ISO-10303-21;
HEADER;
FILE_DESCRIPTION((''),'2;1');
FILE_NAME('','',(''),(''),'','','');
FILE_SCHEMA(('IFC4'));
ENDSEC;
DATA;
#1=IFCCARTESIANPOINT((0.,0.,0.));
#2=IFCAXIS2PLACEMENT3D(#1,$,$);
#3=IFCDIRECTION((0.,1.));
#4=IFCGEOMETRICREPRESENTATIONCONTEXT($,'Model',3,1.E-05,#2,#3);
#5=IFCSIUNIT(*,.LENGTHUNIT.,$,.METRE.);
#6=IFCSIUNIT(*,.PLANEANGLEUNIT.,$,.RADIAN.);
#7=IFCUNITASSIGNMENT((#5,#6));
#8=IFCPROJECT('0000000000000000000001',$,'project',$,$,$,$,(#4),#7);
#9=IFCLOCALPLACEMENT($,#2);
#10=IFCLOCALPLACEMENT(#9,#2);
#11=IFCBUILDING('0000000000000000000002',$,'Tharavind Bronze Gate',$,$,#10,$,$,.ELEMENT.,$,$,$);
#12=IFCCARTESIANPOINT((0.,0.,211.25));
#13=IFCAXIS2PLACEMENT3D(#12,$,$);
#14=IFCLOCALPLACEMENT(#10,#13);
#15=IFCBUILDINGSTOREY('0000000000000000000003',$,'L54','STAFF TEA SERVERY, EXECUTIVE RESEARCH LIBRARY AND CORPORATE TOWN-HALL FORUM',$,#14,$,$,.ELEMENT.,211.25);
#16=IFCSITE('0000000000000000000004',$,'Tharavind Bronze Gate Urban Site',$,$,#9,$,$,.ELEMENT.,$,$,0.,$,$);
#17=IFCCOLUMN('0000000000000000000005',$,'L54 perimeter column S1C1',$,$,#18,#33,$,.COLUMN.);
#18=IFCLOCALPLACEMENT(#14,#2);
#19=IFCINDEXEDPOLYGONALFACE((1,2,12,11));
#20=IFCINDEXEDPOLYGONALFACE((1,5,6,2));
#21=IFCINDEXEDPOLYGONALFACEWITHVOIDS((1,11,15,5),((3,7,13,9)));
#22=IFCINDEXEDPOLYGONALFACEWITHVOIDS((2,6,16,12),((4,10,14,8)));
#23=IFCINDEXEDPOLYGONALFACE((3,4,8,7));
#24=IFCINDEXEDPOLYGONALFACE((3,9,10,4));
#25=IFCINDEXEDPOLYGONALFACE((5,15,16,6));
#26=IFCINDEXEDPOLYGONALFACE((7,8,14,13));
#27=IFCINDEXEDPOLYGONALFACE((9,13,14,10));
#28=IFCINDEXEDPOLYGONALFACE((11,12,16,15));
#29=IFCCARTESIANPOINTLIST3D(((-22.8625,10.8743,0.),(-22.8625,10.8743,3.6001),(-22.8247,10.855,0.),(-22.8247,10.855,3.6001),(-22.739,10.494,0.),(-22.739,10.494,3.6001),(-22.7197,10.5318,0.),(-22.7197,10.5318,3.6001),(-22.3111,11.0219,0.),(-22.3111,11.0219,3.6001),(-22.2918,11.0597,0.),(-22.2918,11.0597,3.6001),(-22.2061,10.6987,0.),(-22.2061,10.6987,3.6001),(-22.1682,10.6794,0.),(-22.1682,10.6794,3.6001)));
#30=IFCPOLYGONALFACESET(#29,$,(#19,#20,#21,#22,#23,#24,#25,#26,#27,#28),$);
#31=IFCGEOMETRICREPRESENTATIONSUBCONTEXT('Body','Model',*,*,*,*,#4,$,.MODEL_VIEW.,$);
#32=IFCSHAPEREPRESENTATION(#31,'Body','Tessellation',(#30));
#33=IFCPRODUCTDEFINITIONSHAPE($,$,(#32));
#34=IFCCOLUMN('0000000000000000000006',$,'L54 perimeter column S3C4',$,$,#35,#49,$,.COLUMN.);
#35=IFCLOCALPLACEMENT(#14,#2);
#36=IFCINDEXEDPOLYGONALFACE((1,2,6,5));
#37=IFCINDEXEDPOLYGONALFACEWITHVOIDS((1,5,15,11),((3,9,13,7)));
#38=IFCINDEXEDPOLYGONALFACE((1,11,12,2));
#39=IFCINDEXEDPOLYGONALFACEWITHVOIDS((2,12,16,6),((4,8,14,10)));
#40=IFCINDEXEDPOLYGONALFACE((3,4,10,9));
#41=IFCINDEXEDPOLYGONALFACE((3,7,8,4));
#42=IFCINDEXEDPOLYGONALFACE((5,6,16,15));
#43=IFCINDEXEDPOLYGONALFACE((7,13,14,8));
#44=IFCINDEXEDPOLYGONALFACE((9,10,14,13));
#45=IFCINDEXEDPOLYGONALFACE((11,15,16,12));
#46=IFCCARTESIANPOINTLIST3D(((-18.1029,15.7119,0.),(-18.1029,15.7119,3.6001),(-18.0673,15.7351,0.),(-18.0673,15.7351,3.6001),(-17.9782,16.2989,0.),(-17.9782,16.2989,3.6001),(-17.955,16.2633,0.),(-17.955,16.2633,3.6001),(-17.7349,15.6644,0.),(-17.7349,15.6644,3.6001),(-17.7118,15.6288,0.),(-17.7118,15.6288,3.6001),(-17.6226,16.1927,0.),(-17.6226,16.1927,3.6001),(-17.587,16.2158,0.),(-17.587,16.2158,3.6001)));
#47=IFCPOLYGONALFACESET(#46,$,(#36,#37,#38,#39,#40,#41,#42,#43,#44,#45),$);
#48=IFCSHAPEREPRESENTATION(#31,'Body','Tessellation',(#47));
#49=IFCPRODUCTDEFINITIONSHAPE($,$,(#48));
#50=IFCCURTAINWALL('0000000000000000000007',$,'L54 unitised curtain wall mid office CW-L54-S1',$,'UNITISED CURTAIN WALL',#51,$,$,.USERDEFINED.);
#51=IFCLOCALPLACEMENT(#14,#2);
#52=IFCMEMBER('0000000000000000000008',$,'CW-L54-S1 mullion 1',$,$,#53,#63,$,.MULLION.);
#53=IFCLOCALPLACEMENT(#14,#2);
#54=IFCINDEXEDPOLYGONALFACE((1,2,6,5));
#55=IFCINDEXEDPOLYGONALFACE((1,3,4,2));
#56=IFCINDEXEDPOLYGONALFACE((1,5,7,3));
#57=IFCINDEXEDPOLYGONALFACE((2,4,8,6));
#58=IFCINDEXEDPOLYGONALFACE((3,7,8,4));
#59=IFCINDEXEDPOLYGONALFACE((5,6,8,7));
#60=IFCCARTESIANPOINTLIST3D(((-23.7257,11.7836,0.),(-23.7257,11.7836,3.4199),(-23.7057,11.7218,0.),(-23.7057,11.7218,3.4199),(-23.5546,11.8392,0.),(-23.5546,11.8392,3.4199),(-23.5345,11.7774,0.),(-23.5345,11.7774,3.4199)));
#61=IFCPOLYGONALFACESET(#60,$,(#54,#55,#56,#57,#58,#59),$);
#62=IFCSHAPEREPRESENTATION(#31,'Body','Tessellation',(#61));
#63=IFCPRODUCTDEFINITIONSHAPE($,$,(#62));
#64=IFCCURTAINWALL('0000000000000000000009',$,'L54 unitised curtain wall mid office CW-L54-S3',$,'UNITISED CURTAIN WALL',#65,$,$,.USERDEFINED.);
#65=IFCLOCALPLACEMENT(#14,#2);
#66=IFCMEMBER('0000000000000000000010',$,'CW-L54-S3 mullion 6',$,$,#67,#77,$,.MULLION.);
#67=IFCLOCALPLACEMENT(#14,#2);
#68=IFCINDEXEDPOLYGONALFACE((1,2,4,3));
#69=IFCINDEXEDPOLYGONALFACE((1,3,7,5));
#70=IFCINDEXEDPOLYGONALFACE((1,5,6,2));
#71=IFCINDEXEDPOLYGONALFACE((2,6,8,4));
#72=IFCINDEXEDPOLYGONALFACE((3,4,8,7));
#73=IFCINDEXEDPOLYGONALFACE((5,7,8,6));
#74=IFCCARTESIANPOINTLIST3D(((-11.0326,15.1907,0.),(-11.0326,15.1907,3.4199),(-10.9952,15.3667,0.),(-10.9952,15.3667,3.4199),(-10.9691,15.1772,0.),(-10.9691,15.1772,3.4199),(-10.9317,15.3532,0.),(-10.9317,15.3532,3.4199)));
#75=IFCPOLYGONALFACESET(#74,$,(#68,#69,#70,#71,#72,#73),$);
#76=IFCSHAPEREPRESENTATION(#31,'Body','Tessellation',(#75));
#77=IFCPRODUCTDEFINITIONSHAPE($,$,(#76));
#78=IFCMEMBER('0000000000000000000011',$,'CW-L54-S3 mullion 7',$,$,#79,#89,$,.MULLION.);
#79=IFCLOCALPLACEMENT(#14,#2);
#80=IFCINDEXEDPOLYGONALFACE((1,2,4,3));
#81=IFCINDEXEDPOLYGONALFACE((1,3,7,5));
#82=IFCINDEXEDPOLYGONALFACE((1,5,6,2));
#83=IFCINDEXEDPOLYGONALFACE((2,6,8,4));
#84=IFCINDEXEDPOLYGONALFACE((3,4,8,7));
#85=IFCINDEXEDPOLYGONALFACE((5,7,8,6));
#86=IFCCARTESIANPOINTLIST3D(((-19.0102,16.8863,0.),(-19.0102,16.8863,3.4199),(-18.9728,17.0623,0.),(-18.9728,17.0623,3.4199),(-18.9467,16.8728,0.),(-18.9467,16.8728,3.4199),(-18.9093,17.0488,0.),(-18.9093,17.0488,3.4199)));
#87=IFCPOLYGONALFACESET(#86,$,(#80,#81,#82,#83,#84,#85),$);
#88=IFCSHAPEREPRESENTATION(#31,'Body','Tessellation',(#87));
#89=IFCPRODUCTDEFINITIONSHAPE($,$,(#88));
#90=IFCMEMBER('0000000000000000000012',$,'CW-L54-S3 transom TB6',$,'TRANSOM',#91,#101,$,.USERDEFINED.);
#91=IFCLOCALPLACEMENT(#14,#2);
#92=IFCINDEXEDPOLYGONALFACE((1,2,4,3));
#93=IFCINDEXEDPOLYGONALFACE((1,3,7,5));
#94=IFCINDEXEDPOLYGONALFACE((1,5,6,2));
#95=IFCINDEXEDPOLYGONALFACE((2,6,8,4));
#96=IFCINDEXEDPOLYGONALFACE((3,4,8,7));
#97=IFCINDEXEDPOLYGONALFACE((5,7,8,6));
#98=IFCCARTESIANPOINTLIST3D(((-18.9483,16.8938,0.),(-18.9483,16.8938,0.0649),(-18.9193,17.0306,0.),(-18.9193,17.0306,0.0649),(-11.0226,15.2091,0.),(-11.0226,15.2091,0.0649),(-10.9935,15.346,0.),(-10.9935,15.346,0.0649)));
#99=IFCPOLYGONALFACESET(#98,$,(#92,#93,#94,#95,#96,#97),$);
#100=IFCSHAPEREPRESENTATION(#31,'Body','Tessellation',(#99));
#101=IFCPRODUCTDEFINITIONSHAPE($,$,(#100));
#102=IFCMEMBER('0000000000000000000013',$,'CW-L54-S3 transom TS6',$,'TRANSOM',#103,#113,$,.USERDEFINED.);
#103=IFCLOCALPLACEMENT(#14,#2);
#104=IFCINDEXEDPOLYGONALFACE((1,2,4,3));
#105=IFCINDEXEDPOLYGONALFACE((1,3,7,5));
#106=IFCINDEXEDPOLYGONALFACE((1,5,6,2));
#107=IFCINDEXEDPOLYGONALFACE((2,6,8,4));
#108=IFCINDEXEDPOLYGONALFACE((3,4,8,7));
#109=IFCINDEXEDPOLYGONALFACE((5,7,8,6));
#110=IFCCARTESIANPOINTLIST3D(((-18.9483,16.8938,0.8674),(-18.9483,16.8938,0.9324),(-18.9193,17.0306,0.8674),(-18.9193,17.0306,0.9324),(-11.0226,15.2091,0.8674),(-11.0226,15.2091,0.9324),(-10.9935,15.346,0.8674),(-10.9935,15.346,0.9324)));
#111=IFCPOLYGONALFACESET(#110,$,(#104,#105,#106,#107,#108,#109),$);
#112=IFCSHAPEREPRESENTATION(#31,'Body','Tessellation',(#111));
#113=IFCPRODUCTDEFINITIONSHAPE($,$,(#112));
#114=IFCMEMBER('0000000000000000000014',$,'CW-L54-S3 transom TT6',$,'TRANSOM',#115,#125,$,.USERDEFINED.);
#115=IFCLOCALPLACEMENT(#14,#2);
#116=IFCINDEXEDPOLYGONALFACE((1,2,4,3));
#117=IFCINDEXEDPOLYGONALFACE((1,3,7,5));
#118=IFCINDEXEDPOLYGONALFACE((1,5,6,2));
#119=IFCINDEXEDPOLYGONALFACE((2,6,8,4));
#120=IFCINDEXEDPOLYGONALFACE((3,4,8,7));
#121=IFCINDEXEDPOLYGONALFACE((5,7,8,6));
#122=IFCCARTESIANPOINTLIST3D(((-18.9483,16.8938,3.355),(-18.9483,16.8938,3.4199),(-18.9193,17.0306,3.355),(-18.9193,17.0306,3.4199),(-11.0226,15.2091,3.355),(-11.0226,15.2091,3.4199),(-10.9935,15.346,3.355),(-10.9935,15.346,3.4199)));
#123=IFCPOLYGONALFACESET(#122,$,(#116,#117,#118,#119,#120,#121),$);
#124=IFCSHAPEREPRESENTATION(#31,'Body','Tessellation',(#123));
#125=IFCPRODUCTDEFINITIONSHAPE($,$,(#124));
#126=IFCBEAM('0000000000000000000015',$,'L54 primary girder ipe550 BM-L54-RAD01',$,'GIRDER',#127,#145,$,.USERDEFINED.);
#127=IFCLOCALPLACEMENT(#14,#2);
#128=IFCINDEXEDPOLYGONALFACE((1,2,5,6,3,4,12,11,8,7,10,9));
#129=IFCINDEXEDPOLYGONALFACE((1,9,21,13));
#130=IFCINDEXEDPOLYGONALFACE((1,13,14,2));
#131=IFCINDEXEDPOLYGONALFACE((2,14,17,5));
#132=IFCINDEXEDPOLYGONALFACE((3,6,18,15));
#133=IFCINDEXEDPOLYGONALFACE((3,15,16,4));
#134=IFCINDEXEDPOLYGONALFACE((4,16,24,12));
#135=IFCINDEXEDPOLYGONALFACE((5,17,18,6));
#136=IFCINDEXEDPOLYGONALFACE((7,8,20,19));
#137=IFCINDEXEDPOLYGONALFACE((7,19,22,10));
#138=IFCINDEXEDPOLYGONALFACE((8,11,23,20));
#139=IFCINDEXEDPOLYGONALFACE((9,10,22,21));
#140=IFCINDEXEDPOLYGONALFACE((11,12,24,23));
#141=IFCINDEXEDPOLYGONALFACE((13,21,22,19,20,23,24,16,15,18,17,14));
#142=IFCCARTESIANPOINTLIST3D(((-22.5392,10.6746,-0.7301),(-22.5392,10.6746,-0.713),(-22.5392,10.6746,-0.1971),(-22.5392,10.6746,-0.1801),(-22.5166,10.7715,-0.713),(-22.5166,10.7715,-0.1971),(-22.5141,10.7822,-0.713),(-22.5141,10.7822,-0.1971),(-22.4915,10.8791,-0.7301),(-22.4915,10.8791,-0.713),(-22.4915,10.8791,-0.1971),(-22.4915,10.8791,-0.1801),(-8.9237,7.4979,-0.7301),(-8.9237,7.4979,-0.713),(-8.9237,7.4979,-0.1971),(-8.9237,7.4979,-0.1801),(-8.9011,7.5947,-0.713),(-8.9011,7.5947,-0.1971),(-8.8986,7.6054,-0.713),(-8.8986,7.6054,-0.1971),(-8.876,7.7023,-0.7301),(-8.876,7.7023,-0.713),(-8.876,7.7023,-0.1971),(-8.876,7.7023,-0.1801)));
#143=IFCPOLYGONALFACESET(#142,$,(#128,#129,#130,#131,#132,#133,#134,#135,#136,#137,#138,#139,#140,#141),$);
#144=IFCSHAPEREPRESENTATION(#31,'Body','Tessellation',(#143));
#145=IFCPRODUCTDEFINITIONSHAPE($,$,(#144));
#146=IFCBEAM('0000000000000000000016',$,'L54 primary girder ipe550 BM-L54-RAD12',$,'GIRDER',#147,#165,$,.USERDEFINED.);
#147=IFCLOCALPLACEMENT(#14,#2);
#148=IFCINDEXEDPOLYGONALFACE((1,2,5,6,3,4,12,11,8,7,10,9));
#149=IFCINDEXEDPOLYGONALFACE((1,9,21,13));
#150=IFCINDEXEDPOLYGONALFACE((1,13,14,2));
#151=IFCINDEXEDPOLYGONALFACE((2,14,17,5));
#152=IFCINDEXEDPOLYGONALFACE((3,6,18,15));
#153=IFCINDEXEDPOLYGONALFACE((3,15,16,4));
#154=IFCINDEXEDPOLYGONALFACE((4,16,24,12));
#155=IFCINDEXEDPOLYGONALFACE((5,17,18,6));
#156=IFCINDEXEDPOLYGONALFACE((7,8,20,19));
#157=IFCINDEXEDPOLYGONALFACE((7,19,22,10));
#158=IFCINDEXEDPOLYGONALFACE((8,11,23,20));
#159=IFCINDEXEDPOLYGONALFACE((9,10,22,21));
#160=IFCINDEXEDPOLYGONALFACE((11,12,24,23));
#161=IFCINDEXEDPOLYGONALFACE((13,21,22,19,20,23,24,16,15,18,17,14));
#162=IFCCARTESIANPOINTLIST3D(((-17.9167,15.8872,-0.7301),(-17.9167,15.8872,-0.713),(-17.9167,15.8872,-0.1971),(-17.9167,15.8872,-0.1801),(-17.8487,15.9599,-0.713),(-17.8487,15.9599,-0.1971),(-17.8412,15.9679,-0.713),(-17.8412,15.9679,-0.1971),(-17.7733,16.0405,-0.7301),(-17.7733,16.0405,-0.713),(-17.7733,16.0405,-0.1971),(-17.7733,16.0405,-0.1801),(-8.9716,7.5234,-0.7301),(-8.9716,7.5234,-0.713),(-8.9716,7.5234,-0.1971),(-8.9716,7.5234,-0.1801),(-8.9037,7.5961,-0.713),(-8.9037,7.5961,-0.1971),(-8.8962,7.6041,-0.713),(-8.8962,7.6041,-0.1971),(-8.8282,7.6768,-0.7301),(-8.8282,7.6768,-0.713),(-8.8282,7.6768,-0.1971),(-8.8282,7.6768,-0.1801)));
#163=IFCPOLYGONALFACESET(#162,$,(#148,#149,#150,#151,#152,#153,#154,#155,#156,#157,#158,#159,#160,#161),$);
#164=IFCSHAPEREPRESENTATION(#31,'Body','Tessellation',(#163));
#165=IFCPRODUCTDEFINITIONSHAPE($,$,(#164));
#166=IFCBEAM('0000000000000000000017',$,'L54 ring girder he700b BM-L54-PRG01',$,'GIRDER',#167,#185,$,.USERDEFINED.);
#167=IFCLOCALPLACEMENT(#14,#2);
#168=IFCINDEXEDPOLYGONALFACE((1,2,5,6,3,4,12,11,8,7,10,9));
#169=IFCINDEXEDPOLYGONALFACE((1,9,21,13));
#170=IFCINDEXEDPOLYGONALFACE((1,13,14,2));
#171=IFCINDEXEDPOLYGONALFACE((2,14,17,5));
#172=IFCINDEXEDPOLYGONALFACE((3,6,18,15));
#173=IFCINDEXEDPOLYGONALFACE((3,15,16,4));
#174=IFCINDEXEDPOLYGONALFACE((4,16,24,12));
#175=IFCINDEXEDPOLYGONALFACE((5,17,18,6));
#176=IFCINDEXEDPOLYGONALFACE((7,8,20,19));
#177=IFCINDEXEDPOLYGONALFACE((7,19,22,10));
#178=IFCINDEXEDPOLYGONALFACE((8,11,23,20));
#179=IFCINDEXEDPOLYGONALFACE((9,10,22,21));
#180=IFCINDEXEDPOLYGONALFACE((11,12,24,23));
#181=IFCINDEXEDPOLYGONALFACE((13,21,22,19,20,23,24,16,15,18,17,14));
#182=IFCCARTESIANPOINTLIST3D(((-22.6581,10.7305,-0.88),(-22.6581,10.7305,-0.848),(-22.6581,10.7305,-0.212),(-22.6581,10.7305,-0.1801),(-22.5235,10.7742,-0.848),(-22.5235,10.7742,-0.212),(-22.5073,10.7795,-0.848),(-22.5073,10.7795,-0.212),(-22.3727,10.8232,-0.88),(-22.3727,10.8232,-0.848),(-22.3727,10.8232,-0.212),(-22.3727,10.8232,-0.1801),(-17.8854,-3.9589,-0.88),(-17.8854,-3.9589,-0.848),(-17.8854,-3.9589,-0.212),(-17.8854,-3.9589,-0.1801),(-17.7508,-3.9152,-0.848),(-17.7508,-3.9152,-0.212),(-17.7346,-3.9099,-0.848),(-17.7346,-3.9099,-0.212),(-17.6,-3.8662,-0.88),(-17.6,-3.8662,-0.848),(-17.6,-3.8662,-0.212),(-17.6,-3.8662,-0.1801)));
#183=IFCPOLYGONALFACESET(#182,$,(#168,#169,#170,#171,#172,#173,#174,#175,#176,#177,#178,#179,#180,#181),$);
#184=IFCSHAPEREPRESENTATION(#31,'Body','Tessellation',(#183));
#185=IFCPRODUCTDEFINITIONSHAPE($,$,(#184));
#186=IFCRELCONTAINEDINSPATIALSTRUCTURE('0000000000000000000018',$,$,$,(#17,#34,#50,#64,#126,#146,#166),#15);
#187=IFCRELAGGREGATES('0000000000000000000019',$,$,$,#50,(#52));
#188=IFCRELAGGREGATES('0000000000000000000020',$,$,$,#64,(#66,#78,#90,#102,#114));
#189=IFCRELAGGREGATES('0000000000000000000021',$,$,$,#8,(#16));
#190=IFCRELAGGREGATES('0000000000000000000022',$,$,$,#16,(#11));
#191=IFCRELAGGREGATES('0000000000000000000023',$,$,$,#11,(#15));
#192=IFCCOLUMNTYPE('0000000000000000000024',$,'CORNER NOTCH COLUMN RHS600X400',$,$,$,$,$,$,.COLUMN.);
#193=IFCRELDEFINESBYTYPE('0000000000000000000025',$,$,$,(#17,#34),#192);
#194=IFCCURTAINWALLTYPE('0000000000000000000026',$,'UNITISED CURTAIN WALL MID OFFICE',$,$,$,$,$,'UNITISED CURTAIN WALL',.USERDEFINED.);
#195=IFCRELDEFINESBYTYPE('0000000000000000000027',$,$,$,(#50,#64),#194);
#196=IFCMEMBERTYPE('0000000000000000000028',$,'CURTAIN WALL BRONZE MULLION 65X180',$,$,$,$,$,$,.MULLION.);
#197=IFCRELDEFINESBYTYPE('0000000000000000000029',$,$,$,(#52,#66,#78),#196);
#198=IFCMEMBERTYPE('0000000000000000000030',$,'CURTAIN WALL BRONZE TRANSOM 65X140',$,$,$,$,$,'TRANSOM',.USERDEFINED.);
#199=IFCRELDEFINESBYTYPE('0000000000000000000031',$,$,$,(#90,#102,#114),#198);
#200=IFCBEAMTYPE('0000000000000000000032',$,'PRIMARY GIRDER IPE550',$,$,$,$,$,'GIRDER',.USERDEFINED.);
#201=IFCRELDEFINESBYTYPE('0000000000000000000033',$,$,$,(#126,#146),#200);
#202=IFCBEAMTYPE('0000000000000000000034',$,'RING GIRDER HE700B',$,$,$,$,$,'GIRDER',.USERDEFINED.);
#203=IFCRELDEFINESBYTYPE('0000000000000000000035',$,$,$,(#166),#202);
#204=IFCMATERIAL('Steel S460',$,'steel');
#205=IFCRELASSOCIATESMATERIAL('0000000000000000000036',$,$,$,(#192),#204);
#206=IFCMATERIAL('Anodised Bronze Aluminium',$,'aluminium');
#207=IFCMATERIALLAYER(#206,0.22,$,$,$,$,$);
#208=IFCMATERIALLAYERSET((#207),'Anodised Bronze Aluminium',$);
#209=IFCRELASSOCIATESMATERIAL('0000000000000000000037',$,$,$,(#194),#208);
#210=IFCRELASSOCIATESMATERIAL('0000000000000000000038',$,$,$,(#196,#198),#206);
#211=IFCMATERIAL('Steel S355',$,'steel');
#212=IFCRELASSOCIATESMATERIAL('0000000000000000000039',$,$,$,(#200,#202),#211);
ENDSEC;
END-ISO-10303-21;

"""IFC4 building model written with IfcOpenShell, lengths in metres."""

from ifc_helpers import new_model, si_unit, direction, frame, origin, origin_2d, place, context, subcontext, project, spatial, rectangle, hollow_rectangle, i_section, extrude, material, layer, layer_set, material_profile, profile_set, type_object, element, aggregate, save


model = new_model("IFC4")

# Units and contexts
model_context = context("Model", 3, precision=1e-05, world=origin(), true_north=direction((0.0, 1.0)))
body_context = subcontext(model_context, "Body", "Model", "MODEL_VIEW")
ifc_project = project(units=[si_unit("LENGTHUNIT", "METRE"), si_unit("PLANEANGLEUNIT", "RADIAN")], contexts=[model_context])

# Site, building, storey
site_placement = place(None, origin())
site = spatial("IfcSite", under=ifc_project, at=site_placement, Name="Tharavind Bronze Gate Urban Site", CompositionType="ELEMENT", RefElevation=0.0)
building_placement = place(site_placement, origin())
building = spatial("IfcBuilding", under=site, at=building_placement, Name="Tharavind Bronze Gate", CompositionType="ELEMENT")
storey_placement = place(building_placement, frame((0.0, 0.0, 211.25)))
storey = spatial("IfcBuildingStorey", under=building, at=storey_placement, Name="L54", Description="STAFF TEA SERVERY, EXECUTIVE RESEARCH LIBRARY AND CORPORATE TOWN-HALL FORUM", CompositionType="ELEMENT", Elevation=211.25)

# Columns
ifc_material_1 = material(Name="Steel S460", Category="steel")
ifc_material_profile_1 = material_profile(ifc_material_1, hollow_rectangle(XDim=0.3999, YDim=0.6001, WallThickness=0.03, at=origin_2d()), Name="RHS600X400X30")
ifc_profile_set_1 = profile_set([ifc_material_profile_1], Name="Steel S460")
column_type = type_object("IfcColumnType", Name="CORNER NOTCH COLUMN RHS600X400", PredefinedType="COLUMN", material=ifc_profile_set_1)
for number, where, z_axis, x_axis, name in (
    (1, (-22.5154, 10.7769, 0.0), (0.0, 0.0, 1.0), (-0.309017, 0.951057, 0.0), "L54 perimeter column S1C1"),
    (2, (-17.845, 15.9639, 0.0), (0.0, 0.0, 1.0), (-0.978148, 0.207912, 0.0), "L54 perimeter column S3C4"),
):
    element("IfcColumn", number, at=place(storey_placement, frame(where, z_axis=z_axis, x_axis=x_axis)), inside=storey, type_object=column_type, Name=name, PredefinedType="COLUMN", context=body_context, shape_type="SweptSolid", body=[
        extrude(hollow_rectangle(XDim=0.3999, YDim=0.6001, WallThickness=0.03, at=origin_2d()), origin(), (0.0, 0.0, 1.0), 3.6001),
    ])

# Curtain wall, member
ifc_material_2 = material(Name="Anodised Bronze Aluminium", Category="aluminium")
ifc_layer_1 = layer(ifc_material_2, 0.22)
ifc_layer_set_1 = layer_set([ifc_layer_1], Name="Anodised Bronze Aluminium")
curtain_wall_type = type_object("IfcCurtainWallType", Name="UNITISED CURTAIN WALL MID OFFICE", ElementType="UNITISED CURTAIN WALL", PredefinedType="USERDEFINED", material=ifc_layer_set_1)
curtain_wall_1_placement = place(storey_placement, origin())
curtain_wall_1 = element("IfcCurtainWall", 3, at=curtain_wall_1_placement, inside=storey, type_object=curtain_wall_type, Name="L54 unitised curtain wall mid office CW-L54-S1", ObjectType="UNITISED CURTAIN WALL", PredefinedType="USERDEFINED")
member_type_1 = type_object("IfcMemberType", Name="CURTAIN WALL BRONZE MULLION 65X180", PredefinedType="MULLION", material=ifc_material_2)
member_1_placement = place(storey_placement, frame((-23.6301, 11.7805, 0.0), z_axis=(0.0, 0.0, 1.0), x_axis=(0.309017, -0.951057, 0.0)))
member_1 = element("IfcMember", 4, at=member_1_placement, type_object=member_type_1, Name="CW-L54-S1 mullion 1", PredefinedType="MULLION", context=body_context, shape_type="SweptSolid", body=[
    extrude(rectangle(XDim=0.0649, YDim=0.1799, at=origin_2d()), origin(), (0.0, 0.0, 1.0), 3.4199),
])
aggregate(curtain_wall_1, [member_1])

# Curtain wall, members
curtain_wall_2_placement = place(storey_placement, origin())
curtain_wall_2 = element("IfcCurtainWall", 5, at=curtain_wall_2_placement, inside=storey, type_object=curtain_wall_type, Name="L54 unitised curtain wall mid office CW-L54-S3", ObjectType="UNITISED CURTAIN WALL", PredefinedType="USERDEFINED")
member_2_placement = place(storey_placement, frame((-10.9822, 15.272, 0.0), z_axis=(0.0, 0.0, 1.0), x_axis=(-0.978148, 0.207912, 0.0)))
member_2 = element("IfcMember", 6, at=member_2_placement, type_object=member_type_1, Name="CW-L54-S3 mullion 6", PredefinedType="MULLION", context=body_context, shape_type="SweptSolid", body=[
    extrude(rectangle(XDim=0.0649, YDim=0.1799, at=origin_2d()), origin(), (0.0, 0.0, 1.0), 3.4199),
])
member_3_placement = place(storey_placement, frame((-18.9597, 16.9675, 0.0), z_axis=(0.0, 0.0, 1.0), x_axis=(-0.978148, 0.207912, 0.0)))
member_3 = element("IfcMember", 7, at=member_3_placement, type_object=member_type_1, Name="CW-L54-S3 mullion 7", PredefinedType="MULLION", context=body_context, shape_type="SweptSolid", body=[
    extrude(rectangle(XDim=0.0649, YDim=0.1799, at=origin_2d()), origin(), (0.0, 0.0, 1.0), 3.4199),
])
member_type_2 = type_object("IfcMemberType", Name="CURTAIN WALL BRONZE TRANSOM 65X140", ElementType="TRANSOM", PredefinedType="USERDEFINED", material=ifc_material_2)
member_4_placement = place(storey_placement, frame((-14.9709, 16.1199, 0.0), z_axis=(0.0, 0.0, 1.0), x_axis=(-0.978148, 0.207912, 0.0)))
member_4 = element("IfcMember", 8, at=member_4_placement, type_object=member_type_2, Name="CW-L54-S3 transom TB6", ObjectType="TRANSOM", PredefinedType="USERDEFINED", context=body_context, shape_type="SweptSolid", body=[
    extrude(rectangle(XDim=8.1028, YDim=0.1399, at=origin_2d()), origin(), (0.0, 0.0, 1.0), 0.0649),
])
member_5_placement = place(storey_placement, frame((-14.9709, 16.1199, 0.8674), z_axis=(0.0, 0.0, 1.0), x_axis=(-0.978148, 0.207912, 0.0)))
member_5 = element("IfcMember", 9, at=member_5_placement, type_object=member_type_2, Name="CW-L54-S3 transom TS6", ObjectType="TRANSOM", PredefinedType="USERDEFINED", context=body_context, shape_type="SweptSolid", body=[
    extrude(rectangle(XDim=8.1028, YDim=0.1399, at=origin_2d()), origin(), (0.0, 0.0, 1.0), 0.0649),
])
member_6_placement = place(storey_placement, frame((-14.9709, 16.1199, 3.355), z_axis=(0.0, 0.0, 1.0), x_axis=(-0.978148, 0.207912, 0.0)))
member_6 = element("IfcMember", 10, at=member_6_placement, type_object=member_type_2, Name="CW-L54-S3 transom TT6", ObjectType="TRANSOM", PredefinedType="USERDEFINED", context=body_context, shape_type="SweptSolid", body=[
    extrude(rectangle(XDim=8.1028, YDim=0.1399, at=origin_2d()), origin(), (0.0, 0.0, 1.0), 0.0649),
])

# Beams
ifc_material_3 = material(Name="Steel S355", Category="steel")
ifc_material_profile_2 = material_profile(ifc_material_3, i_section(OverallWidth=0.21, OverallDepth=0.55, WebThickness=0.011, FlangeThickness=0.0171, at=origin_2d()), Name="IPE550")
ifc_profile_set_2 = profile_set([ifc_material_profile_2], Name="Steel S355")
beam_type_1 = type_object("IfcBeamType", Name="PRIMARY GIRDER IPE550", ElementType="GIRDER", PredefinedType="USERDEFINED", material=ifc_profile_set_2)
beam_1_placement = place(storey_placement, frame((-22.5154, 10.7769, -0.4551), z_axis=(0.973844, -0.227217, 0.0), x_axis=(0.227217, 0.973844, 0.0)))
element("IfcBeam", 11, at=beam_1_placement, inside=storey, type_object=beam_type_1, Name="L54 primary girder ipe550 BM-L54-RAD01", ObjectType="GIRDER", PredefinedType="USERDEFINED", context=body_context, shape_type="SweptSolid", body=[
    extrude(i_section(OverallWidth=0.21, OverallDepth=0.55, WebThickness=0.011, FlangeThickness=0.0171, at=origin_2d()), origin(), (0.0, 0.0, 1.0), 13.9812),
])
beam_2_placement = place(storey_placement, frame((-17.845, 15.9639, -0.4551), z_axis=(0.730442, -0.682974, 0.0), x_axis=(0.682974, 0.730442, 0.0)))
element("IfcBeam", 12, at=beam_2_placement, inside=storey, type_object=beam_type_1, Name="L54 primary girder ipe550 BM-L54-RAD12", ObjectType="GIRDER", PredefinedType="USERDEFINED", context=body_context, shape_type="SweptSolid", body=[
    extrude(i_section(OverallWidth=0.21, OverallDepth=0.55, WebThickness=0.011, FlangeThickness=0.0171, at=origin_2d()), origin(), (0.0, 0.0, 1.0), 12.2461),
])
ifc_material_profile_3 = material_profile(ifc_material_3, i_section(OverallWidth=0.3, OverallDepth=0.7, WebThickness=0.0171, FlangeThickness=0.032, at=origin_2d()), Name="HE700B")
ifc_profile_set_3 = profile_set([ifc_material_profile_3], Name="Steel S355")
beam_type_2 = type_object("IfcBeamType", Name="RING GIRDER HE700B", ElementType="GIRDER", PredefinedType="USERDEFINED", material=ifc_profile_set_3)
beam_3_placement = place(storey_placement, frame((-22.5154, 10.7769, -0.53), z_axis=(0.309006, -0.95106, 0.0), x_axis=(0.95106, 0.309006, 0.0)))
element("IfcBeam", 13, at=beam_3_placement, inside=storey, type_object=beam_type_2, Name="L54 ring girder he700b BM-L54-PRG01", ObjectType="GIRDER", PredefinedType="USERDEFINED", context=body_context, shape_type="SweptSolid", body=[
    extrude(i_section(OverallWidth=0.3, OverallDepth=0.7, WebThickness=0.0171, FlangeThickness=0.032, at=origin_2d()), origin(), (0.0, 0.0, 1.0), 15.4453),
])

aggregate(curtain_wall_2, [member_2, member_3, member_4, member_5, member_6])

save(model, "model.ifc")
